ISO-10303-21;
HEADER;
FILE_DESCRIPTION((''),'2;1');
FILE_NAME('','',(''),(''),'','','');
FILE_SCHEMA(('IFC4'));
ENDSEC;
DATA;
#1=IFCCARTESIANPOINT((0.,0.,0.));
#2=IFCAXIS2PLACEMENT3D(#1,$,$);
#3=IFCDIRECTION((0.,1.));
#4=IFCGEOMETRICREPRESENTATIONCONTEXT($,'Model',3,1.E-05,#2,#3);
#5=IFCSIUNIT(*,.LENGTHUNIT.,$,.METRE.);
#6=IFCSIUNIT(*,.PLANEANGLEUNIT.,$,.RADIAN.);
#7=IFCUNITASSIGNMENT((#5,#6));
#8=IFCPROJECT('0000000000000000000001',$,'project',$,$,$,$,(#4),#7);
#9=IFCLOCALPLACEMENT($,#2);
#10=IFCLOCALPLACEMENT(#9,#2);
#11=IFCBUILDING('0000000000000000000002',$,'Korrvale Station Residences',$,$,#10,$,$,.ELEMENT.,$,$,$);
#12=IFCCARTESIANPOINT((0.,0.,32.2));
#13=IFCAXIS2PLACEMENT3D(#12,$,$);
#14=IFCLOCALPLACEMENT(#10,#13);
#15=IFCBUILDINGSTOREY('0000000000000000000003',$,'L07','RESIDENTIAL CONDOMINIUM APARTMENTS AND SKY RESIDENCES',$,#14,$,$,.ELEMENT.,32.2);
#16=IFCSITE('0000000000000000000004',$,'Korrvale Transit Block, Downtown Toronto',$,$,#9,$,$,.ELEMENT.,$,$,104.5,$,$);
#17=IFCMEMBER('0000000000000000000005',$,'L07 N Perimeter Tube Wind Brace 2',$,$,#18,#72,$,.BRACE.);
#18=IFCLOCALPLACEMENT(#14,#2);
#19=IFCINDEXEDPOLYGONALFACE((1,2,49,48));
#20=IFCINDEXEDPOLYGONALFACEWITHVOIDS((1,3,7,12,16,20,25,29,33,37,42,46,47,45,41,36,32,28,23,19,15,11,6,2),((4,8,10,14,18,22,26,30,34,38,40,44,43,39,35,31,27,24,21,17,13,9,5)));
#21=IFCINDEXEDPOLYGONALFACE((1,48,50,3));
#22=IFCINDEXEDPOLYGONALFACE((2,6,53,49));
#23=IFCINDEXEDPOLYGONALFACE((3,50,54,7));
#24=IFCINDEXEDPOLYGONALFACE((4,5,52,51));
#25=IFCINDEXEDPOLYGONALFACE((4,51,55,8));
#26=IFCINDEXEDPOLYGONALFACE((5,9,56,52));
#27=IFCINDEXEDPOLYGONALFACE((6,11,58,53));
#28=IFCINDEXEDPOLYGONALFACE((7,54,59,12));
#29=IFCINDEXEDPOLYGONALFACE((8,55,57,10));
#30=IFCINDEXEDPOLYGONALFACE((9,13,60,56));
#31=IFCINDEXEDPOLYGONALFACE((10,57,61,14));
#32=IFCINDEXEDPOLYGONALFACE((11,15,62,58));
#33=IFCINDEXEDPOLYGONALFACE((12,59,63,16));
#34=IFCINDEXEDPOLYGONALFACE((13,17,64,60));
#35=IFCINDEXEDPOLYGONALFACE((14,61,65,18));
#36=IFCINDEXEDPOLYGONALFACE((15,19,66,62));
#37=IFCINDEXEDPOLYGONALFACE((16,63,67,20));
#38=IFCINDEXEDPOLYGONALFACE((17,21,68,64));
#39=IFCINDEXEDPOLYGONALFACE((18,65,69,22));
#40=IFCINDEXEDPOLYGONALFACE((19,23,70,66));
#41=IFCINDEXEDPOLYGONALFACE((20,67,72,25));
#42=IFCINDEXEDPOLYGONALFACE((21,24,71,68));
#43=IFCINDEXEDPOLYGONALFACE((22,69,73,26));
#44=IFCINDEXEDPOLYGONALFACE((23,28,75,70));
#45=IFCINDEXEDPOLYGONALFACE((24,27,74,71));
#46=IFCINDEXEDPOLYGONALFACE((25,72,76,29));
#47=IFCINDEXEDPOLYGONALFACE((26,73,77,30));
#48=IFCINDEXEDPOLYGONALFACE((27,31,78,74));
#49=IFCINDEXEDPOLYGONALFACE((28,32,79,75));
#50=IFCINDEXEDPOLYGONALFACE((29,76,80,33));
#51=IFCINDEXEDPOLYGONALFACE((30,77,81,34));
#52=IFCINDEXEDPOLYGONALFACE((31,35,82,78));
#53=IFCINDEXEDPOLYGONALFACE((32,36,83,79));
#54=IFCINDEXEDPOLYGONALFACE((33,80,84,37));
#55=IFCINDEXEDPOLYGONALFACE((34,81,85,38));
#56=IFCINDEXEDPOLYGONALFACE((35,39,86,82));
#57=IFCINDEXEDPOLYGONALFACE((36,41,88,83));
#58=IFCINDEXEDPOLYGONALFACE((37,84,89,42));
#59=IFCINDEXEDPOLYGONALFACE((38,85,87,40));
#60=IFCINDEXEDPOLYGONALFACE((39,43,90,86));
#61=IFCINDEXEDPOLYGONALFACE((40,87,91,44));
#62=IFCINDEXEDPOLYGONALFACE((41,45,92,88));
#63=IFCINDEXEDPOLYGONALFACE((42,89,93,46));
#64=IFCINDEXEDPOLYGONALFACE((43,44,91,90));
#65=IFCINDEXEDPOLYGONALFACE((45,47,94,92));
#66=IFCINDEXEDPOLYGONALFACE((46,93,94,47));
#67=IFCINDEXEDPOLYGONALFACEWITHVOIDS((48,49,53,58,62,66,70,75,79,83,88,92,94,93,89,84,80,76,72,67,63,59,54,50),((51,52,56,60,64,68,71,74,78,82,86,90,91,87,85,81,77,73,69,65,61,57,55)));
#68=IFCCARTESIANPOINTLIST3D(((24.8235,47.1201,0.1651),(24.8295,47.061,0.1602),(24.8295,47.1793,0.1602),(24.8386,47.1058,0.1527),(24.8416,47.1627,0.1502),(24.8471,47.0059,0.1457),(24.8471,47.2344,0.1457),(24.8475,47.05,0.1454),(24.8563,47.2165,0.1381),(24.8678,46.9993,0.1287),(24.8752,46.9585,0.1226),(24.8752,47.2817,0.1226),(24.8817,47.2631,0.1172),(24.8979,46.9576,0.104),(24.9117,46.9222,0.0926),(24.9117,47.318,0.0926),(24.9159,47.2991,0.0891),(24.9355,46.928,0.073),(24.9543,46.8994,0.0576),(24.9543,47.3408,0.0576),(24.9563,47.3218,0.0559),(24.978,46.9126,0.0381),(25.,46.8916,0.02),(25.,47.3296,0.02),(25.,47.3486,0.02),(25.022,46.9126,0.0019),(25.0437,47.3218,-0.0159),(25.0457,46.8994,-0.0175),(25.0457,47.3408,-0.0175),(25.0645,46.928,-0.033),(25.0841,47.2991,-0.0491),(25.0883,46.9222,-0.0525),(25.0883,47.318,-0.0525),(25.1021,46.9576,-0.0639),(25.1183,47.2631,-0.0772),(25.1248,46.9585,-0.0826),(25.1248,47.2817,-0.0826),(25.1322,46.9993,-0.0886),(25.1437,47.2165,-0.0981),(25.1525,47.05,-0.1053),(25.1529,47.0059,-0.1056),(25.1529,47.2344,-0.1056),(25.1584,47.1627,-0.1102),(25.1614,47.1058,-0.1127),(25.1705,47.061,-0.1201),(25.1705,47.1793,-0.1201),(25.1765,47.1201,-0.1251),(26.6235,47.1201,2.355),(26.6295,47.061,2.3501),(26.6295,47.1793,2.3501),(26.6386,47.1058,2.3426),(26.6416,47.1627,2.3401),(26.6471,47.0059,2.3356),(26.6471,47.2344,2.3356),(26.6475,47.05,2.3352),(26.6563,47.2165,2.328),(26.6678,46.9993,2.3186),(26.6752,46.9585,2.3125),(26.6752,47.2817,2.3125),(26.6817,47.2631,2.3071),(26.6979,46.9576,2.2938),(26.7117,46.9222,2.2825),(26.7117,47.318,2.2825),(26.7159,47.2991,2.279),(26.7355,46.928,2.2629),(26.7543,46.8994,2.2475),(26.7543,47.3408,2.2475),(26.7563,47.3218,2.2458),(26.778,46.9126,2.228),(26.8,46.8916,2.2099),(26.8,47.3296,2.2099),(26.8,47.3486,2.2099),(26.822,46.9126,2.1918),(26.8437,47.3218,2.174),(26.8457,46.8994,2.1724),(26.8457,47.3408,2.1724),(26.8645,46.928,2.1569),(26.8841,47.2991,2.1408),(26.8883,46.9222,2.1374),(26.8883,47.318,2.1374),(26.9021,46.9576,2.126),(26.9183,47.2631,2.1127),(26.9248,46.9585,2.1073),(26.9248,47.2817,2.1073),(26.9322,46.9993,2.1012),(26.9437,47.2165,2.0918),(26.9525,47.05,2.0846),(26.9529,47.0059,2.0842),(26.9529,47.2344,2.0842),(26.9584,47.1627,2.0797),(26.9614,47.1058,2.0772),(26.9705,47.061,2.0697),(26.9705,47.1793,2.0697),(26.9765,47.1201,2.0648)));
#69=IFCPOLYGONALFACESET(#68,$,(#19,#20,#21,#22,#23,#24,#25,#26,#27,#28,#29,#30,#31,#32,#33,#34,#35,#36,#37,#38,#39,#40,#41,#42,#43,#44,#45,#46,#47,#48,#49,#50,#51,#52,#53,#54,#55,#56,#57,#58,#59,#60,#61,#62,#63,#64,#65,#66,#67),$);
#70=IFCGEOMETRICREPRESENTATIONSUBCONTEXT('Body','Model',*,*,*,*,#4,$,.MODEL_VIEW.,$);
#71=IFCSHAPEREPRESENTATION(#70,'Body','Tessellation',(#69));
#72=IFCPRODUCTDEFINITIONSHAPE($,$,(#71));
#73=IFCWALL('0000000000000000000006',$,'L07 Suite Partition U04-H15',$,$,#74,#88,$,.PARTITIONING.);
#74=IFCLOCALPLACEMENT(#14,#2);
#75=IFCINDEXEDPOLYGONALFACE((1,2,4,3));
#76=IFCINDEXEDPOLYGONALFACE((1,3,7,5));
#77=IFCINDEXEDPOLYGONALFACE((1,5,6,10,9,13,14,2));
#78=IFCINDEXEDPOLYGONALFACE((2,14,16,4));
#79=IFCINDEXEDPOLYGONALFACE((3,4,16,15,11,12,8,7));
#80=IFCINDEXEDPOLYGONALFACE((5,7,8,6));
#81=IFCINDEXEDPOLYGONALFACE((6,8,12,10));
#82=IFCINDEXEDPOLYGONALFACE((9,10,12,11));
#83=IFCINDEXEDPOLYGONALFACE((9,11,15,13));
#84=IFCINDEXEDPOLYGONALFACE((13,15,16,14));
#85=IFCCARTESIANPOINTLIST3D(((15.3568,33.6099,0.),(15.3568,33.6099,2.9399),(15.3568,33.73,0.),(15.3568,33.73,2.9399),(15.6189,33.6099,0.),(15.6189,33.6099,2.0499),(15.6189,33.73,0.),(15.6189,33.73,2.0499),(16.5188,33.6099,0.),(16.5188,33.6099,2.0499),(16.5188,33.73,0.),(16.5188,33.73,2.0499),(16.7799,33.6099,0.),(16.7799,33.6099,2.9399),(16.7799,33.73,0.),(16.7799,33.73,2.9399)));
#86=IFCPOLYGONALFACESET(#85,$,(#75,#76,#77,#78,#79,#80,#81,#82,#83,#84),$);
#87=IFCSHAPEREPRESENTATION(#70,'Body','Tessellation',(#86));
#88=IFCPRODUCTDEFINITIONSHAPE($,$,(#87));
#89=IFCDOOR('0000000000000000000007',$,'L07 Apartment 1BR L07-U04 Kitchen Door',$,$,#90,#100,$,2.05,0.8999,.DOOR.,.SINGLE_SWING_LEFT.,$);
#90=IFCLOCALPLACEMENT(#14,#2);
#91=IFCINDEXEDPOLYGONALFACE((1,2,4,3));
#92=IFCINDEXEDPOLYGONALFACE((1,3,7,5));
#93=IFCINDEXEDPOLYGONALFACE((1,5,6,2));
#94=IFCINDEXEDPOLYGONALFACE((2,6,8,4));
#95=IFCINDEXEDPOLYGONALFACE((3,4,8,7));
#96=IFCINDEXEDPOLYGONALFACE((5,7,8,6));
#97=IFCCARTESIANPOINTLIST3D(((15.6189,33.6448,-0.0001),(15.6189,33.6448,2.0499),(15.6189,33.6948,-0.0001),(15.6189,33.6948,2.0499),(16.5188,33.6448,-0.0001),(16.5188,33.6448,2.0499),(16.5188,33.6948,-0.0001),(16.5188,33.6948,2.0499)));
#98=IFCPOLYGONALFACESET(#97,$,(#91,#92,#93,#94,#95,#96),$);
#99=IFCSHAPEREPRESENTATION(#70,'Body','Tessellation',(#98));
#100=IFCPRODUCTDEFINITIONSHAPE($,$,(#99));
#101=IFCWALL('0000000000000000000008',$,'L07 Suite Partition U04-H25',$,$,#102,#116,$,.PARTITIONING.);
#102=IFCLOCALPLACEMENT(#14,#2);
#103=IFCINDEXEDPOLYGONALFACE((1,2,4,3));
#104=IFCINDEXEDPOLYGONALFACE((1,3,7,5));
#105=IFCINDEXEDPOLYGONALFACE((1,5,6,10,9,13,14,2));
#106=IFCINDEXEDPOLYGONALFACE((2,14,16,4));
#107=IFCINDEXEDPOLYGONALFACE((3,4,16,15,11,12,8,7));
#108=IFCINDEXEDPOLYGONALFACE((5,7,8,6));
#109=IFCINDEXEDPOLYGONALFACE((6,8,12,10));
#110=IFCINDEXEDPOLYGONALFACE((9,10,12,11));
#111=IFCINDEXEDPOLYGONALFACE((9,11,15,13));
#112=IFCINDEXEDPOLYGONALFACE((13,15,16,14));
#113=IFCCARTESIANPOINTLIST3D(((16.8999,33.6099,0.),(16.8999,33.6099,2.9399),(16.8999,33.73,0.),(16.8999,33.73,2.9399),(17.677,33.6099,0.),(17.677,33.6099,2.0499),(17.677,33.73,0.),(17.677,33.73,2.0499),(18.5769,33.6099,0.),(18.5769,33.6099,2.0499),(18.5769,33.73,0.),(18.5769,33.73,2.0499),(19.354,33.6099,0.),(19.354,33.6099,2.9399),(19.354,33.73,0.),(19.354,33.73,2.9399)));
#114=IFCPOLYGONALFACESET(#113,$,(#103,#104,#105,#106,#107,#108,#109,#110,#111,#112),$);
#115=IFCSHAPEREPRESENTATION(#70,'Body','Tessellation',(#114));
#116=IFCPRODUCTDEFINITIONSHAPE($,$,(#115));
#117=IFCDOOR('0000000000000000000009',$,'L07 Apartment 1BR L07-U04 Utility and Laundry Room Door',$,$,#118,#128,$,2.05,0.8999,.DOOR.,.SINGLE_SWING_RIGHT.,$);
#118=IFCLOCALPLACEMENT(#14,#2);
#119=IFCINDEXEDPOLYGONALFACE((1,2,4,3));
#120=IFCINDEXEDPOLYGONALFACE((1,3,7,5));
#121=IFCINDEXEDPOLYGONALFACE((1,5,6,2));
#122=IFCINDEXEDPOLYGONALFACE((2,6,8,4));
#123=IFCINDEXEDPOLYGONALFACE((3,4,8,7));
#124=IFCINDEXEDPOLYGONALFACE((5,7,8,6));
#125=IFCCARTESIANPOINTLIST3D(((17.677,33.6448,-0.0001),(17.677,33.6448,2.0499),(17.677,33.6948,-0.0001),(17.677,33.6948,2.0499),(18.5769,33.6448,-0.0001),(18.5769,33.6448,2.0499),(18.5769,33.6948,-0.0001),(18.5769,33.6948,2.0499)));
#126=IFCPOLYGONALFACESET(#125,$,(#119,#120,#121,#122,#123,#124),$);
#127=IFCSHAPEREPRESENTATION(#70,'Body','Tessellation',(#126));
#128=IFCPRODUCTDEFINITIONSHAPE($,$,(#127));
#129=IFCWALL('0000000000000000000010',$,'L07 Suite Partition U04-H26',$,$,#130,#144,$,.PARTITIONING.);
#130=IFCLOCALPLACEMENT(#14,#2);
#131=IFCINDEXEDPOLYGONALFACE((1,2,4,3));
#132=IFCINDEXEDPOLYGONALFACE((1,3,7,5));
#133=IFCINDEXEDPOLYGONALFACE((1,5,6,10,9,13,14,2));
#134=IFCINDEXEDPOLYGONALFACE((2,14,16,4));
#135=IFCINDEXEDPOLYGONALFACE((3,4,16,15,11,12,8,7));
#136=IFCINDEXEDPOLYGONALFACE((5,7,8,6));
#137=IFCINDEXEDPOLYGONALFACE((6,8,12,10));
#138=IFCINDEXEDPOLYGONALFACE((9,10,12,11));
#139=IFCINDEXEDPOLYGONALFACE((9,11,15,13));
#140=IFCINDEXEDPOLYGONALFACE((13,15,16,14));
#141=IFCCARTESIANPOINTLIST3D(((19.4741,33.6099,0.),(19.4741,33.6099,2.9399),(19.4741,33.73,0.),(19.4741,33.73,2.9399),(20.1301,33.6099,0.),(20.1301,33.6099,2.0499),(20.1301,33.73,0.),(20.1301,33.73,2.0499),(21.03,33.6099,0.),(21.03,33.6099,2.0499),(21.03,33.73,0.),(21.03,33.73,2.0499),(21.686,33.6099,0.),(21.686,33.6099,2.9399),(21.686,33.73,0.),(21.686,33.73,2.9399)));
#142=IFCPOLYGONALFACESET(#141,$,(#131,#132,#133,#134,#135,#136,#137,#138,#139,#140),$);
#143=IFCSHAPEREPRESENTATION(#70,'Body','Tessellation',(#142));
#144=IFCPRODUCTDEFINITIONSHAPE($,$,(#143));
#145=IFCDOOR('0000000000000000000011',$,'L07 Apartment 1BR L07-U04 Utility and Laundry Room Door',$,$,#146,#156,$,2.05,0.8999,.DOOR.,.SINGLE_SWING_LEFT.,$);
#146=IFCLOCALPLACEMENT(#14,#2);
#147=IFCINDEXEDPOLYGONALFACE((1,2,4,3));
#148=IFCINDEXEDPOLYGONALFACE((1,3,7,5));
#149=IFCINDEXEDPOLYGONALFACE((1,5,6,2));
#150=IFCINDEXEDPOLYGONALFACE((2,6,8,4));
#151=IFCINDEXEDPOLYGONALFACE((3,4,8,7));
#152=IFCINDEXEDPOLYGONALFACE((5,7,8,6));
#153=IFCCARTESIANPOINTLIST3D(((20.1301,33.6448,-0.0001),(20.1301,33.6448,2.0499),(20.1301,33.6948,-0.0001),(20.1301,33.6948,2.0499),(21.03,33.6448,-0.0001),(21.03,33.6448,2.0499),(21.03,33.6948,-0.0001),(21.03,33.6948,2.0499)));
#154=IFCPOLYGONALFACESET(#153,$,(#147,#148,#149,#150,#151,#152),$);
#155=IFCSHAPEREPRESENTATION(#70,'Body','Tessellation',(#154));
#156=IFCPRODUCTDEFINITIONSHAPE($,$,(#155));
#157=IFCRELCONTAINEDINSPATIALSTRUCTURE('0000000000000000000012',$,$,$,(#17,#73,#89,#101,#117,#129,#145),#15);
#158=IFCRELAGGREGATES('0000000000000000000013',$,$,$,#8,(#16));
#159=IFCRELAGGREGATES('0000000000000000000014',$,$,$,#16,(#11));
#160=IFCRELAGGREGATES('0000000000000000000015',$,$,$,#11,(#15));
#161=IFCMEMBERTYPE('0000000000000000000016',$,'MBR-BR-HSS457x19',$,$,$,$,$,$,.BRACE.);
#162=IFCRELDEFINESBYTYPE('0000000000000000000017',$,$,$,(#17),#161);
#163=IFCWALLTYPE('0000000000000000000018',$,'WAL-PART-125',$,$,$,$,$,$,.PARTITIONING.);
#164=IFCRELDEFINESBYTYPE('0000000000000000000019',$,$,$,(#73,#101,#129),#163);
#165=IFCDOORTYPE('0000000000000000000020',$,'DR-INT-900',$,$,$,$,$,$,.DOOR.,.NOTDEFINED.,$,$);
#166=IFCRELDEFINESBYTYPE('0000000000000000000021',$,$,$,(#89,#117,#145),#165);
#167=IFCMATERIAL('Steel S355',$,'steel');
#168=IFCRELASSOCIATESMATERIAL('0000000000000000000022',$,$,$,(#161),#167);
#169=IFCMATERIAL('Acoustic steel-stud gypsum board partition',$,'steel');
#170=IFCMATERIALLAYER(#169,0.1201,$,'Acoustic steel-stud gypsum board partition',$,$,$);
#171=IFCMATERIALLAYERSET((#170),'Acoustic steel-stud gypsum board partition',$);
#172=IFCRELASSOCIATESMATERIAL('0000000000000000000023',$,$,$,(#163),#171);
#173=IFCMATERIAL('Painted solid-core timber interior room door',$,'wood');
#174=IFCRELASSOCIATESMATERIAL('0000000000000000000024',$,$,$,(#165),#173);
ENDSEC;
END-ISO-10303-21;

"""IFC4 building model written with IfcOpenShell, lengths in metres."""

from ifc_helpers import new_model, si_unit, direction, frame, frame_2d, origin, origin_2d, place, context, subcontext, project, spatial, rectangle, hollow_circle, extrude, material, layer, layer_set, material_profile, profile_set, type_object, element, fill, save


model = new_model("IFC4")

# Units and contexts
model_context = context("Model", 3, precision=1e-05, world=origin(), true_north=direction((0.0, 1.0)))
body_context = subcontext(model_context, "Body", "Model", "MODEL_VIEW")
ifc_project = project(units=[si_unit("LENGTHUNIT", "METRE"), si_unit("PLANEANGLEUNIT", "RADIAN")], contexts=[model_context])

# Site, building, storey
site_placement = place(None, origin())
site = spatial("IfcSite", under=ifc_project, at=site_placement, Name="Korrvale Transit Block, Downtown Toronto", CompositionType="ELEMENT", RefElevation=104.5)
building_placement = place(site_placement, origin())
building = spatial("IfcBuilding", under=site, at=building_placement, Name="Korrvale Station Residences", CompositionType="ELEMENT")
storey_placement = place(building_placement, frame((0.0, 0.0, 32.2)))
storey = spatial("IfcBuildingStorey", under=building, at=storey_placement, Name="L07", Description="RESIDENTIAL CONDOMINIUM APARTMENTS AND SKY RESIDENCES", CompositionType="ELEMENT", Elevation=32.2)

# Shared definitions
ifc_material_1 = material(Name="Steel S355", Category="steel")

# Member
ifc_material_profile_1 = material_profile(ifc_material_1, hollow_circle(Radius=0.2285, WallThickness=0.019, at=origin_2d()), Name="HSS457x19")
ifc_profile_set_1 = profile_set([ifc_material_profile_1], Name="Steel S355")
member_type = type_object("IfcMemberType", Name="MBR-BR-HSS457x19", PredefinedType="BRACE", material=ifc_profile_set_1)
for number, where, z_axis, x_axis, name in (
    (1, (25.0, 47.1201, 0.02), (0.634985, 0.0, 0.772524), (0.0, 1.0, 0.0), "L07 N Perimeter Tube Wind Brace 2"),
):
    element("IfcMember", number, at=place(storey_placement, frame(where, z_axis=z_axis, x_axis=x_axis)), inside=storey, type_object=member_type, Name=name, PredefinedType="BRACE", context=body_context, shape_type="SweptSolid", body=[
        extrude(hollow_circle(Radius=0.2285, WallThickness=0.019, at=origin_2d()), origin(), (0.0, 0.0, 1.0), 2.8347),
    ])

# Walls, openings, doors
ifc_material_2 = material(Name="Acoustic steel-stud gypsum board partition", Category="steel")
ifc_layer_1 = layer(ifc_material_2, 0.1201, Name="Acoustic steel-stud gypsum board partition")
ifc_layer_set_1 = layer_set([ifc_layer_1], Name="Acoustic steel-stud gypsum board partition")
wall_type = type_object("IfcWallType", Name="WAL-PART-125", PredefinedType="PARTITIONING", material=ifc_layer_set_1)
wall_1_placement = place(storey_placement, frame((15.3569, 33.6699, 0.0), z_axis=(0.0, 0.0, 1.0), x_axis=(1.0, 0.0, 0.0)))
wall_1 = element("IfcWall", 2, at=wall_1_placement, inside=storey, type_object=wall_type, Name="L07 Suite Partition U04-H15", PredefinedType="PARTITIONING", context=body_context, shape_type="SweptSolid", body=[
    extrude(rectangle(XDim=1.4231, YDim=0.1201, at=frame_2d((0.7114, 0.0))), origin(), (0.0, 0.0, 1.0), 2.9399),
])
opening_1_placement = place(wall_1_placement, frame((0.262, 0.0, 0.0)))
opening_1 = element("IfcOpeningElement", 3, at=opening_1_placement, cuts=wall_1, PredefinedType="OPENING", context=body_context, shape_type="SweptSolid", body=[
    extrude(rectangle(XDim=0.8999, YDim=2.05, at=frame_2d((0.45, 1.0249))), frame((0.0, 0.0701, 0.0), z_axis=(0.0, -1.0, 0.0), x_axis=(1.0, 0.0, 0.0)), (0.0, 0.0, 1.0), 0.1401),
])
ifc_material_3 = material(Name="Painted solid-core timber interior room door", Category="wood")
door_type_1 = type_object("IfcDoorType", Name="DR-INT-900", OperationType="NOTDEFINED", PredefinedType="DOOR", material=ifc_material_3)
door_1_placement = place(opening_1_placement, origin())
door_1 = element("IfcDoor", 4, at=door_1_placement, inside=storey, type_object=door_type_1, Name="L07 Apartment 1BR L07-U04 Kitchen Door", OperationType="SINGLE_SWING_LEFT", OverallHeight=2.05, OverallWidth=0.8999, PredefinedType="DOOR", context=body_context, shape_type="SweptSolid", body=[
    extrude(rectangle(XDim=0.8999, YDim=2.05, at=frame_2d((0.45, 1.0249))), frame((0.0, 0.0249, 0.0), z_axis=(0.0, -1.0, 0.0), x_axis=(1.0, 0.0, 0.0)), (0.0, 0.0, 1.0), 0.05),
])
fill(opening_1, door_1)
wall_2_placement = place(storey_placement, frame((16.8999, 33.6699, 0.0), z_axis=(0.0, 0.0, 1.0), x_axis=(1.0, 0.0, 0.0)))
wall_2 = element("IfcWall", 5, at=wall_2_placement, inside=storey, type_object=wall_type, Name="L07 Suite Partition U04-H25", PredefinedType="PARTITIONING", context=body_context, shape_type="SweptSolid", body=[
    extrude(rectangle(XDim=2.4541, YDim=0.1201, at=frame_2d((1.2271, 0.0))), origin(), (0.0, 0.0, 1.0), 2.9399),
])
opening_2_placement = place(wall_2_placement, frame((0.7771, 0.0, 0.0)))
opening_2 = element("IfcOpeningElement", 6, at=opening_2_placement, cuts=wall_2, PredefinedType="OPENING", context=body_context, shape_type="SweptSolid", body=[
    extrude(rectangle(XDim=0.8999, YDim=2.05, at=frame_2d((0.45, 1.0249))), frame((0.0, 0.0701, 0.0), z_axis=(0.0, -1.0, 0.0), x_axis=(1.0, 0.0, 0.0)), (0.0, 0.0, 1.0), 0.1401),
])
door_2_placement = place(opening_2_placement, origin())
door_2 = element("IfcDoor", 7, at=door_2_placement, inside=storey, type_object=door_type_1, Name="L07 Apartment 1BR L07-U04 Utility and Laundry Room Door", OperationType="SINGLE_SWING_RIGHT", OverallHeight=2.05, OverallWidth=0.8999, PredefinedType="DOOR", context=body_context, shape_type="SweptSolid", body=[
    extrude(rectangle(XDim=0.8999, YDim=2.05, at=frame_2d((0.45, 1.0249))), frame((0.0, 0.0249, 0.0), z_axis=(0.0, -1.0, 0.0), x_axis=(1.0, 0.0, 0.0)), (0.0, 0.0, 1.0), 0.05),
])
fill(opening_2, door_2)
wall_3_placement = place(storey_placement, frame((19.4741, 33.6699, 0.0), z_axis=(0.0, 0.0, 1.0), x_axis=(1.0, 0.0, 0.0)))
wall_3 = element("IfcWall", 8, at=wall_3_placement, inside=storey, type_object=wall_type, Name="L07 Suite Partition U04-H26", PredefinedType="PARTITIONING", context=body_context, shape_type="SweptSolid", body=[
    extrude(rectangle(XDim=2.2119, YDim=0.1201, at=frame_2d((1.106, 0.0))), origin(), (0.0, 0.0, 1.0), 2.9399),
])
opening_3_placement = place(wall_3_placement, frame((0.656, 0.0, 0.0)))
opening_3 = element("IfcOpeningElement", 9, at=opening_3_placement, cuts=wall_3, PredefinedType="OPENING", context=body_context, shape_type="SweptSolid", body=[
    extrude(rectangle(XDim=0.8999, YDim=2.05, at=frame_2d((0.45, 1.0249))), frame((0.0, 0.0701, 0.0), z_axis=(0.0, -1.0, 0.0), x_axis=(1.0, 0.0, 0.0)), (0.0, 0.0, 1.0), 0.1401),
])
door_3_placement = place(opening_3_placement, origin())
door_3 = element("IfcDoor", 10, at=door_3_placement, inside=storey, type_object=door_type_1, Name="L07 Apartment 1BR L07-U04 Utility and Laundry Room Door", OperationType="SINGLE_SWING_LEFT", OverallHeight=2.05, OverallWidth=0.8999, PredefinedType="DOOR", context=body_context, shape_type="SweptSolid", body=[
    extrude(rectangle(XDim=0.8999, YDim=2.05, at=frame_2d((0.45, 1.0249))), frame((0.0, 0.0249, 0.0), z_axis=(0.0, -1.0, 0.0), x_axis=(1.0, 0.0, 0.0)), (0.0, 0.0, 1.0), 0.05),
])
fill(opening_3, door_3)

save(model, "model.ifc")
